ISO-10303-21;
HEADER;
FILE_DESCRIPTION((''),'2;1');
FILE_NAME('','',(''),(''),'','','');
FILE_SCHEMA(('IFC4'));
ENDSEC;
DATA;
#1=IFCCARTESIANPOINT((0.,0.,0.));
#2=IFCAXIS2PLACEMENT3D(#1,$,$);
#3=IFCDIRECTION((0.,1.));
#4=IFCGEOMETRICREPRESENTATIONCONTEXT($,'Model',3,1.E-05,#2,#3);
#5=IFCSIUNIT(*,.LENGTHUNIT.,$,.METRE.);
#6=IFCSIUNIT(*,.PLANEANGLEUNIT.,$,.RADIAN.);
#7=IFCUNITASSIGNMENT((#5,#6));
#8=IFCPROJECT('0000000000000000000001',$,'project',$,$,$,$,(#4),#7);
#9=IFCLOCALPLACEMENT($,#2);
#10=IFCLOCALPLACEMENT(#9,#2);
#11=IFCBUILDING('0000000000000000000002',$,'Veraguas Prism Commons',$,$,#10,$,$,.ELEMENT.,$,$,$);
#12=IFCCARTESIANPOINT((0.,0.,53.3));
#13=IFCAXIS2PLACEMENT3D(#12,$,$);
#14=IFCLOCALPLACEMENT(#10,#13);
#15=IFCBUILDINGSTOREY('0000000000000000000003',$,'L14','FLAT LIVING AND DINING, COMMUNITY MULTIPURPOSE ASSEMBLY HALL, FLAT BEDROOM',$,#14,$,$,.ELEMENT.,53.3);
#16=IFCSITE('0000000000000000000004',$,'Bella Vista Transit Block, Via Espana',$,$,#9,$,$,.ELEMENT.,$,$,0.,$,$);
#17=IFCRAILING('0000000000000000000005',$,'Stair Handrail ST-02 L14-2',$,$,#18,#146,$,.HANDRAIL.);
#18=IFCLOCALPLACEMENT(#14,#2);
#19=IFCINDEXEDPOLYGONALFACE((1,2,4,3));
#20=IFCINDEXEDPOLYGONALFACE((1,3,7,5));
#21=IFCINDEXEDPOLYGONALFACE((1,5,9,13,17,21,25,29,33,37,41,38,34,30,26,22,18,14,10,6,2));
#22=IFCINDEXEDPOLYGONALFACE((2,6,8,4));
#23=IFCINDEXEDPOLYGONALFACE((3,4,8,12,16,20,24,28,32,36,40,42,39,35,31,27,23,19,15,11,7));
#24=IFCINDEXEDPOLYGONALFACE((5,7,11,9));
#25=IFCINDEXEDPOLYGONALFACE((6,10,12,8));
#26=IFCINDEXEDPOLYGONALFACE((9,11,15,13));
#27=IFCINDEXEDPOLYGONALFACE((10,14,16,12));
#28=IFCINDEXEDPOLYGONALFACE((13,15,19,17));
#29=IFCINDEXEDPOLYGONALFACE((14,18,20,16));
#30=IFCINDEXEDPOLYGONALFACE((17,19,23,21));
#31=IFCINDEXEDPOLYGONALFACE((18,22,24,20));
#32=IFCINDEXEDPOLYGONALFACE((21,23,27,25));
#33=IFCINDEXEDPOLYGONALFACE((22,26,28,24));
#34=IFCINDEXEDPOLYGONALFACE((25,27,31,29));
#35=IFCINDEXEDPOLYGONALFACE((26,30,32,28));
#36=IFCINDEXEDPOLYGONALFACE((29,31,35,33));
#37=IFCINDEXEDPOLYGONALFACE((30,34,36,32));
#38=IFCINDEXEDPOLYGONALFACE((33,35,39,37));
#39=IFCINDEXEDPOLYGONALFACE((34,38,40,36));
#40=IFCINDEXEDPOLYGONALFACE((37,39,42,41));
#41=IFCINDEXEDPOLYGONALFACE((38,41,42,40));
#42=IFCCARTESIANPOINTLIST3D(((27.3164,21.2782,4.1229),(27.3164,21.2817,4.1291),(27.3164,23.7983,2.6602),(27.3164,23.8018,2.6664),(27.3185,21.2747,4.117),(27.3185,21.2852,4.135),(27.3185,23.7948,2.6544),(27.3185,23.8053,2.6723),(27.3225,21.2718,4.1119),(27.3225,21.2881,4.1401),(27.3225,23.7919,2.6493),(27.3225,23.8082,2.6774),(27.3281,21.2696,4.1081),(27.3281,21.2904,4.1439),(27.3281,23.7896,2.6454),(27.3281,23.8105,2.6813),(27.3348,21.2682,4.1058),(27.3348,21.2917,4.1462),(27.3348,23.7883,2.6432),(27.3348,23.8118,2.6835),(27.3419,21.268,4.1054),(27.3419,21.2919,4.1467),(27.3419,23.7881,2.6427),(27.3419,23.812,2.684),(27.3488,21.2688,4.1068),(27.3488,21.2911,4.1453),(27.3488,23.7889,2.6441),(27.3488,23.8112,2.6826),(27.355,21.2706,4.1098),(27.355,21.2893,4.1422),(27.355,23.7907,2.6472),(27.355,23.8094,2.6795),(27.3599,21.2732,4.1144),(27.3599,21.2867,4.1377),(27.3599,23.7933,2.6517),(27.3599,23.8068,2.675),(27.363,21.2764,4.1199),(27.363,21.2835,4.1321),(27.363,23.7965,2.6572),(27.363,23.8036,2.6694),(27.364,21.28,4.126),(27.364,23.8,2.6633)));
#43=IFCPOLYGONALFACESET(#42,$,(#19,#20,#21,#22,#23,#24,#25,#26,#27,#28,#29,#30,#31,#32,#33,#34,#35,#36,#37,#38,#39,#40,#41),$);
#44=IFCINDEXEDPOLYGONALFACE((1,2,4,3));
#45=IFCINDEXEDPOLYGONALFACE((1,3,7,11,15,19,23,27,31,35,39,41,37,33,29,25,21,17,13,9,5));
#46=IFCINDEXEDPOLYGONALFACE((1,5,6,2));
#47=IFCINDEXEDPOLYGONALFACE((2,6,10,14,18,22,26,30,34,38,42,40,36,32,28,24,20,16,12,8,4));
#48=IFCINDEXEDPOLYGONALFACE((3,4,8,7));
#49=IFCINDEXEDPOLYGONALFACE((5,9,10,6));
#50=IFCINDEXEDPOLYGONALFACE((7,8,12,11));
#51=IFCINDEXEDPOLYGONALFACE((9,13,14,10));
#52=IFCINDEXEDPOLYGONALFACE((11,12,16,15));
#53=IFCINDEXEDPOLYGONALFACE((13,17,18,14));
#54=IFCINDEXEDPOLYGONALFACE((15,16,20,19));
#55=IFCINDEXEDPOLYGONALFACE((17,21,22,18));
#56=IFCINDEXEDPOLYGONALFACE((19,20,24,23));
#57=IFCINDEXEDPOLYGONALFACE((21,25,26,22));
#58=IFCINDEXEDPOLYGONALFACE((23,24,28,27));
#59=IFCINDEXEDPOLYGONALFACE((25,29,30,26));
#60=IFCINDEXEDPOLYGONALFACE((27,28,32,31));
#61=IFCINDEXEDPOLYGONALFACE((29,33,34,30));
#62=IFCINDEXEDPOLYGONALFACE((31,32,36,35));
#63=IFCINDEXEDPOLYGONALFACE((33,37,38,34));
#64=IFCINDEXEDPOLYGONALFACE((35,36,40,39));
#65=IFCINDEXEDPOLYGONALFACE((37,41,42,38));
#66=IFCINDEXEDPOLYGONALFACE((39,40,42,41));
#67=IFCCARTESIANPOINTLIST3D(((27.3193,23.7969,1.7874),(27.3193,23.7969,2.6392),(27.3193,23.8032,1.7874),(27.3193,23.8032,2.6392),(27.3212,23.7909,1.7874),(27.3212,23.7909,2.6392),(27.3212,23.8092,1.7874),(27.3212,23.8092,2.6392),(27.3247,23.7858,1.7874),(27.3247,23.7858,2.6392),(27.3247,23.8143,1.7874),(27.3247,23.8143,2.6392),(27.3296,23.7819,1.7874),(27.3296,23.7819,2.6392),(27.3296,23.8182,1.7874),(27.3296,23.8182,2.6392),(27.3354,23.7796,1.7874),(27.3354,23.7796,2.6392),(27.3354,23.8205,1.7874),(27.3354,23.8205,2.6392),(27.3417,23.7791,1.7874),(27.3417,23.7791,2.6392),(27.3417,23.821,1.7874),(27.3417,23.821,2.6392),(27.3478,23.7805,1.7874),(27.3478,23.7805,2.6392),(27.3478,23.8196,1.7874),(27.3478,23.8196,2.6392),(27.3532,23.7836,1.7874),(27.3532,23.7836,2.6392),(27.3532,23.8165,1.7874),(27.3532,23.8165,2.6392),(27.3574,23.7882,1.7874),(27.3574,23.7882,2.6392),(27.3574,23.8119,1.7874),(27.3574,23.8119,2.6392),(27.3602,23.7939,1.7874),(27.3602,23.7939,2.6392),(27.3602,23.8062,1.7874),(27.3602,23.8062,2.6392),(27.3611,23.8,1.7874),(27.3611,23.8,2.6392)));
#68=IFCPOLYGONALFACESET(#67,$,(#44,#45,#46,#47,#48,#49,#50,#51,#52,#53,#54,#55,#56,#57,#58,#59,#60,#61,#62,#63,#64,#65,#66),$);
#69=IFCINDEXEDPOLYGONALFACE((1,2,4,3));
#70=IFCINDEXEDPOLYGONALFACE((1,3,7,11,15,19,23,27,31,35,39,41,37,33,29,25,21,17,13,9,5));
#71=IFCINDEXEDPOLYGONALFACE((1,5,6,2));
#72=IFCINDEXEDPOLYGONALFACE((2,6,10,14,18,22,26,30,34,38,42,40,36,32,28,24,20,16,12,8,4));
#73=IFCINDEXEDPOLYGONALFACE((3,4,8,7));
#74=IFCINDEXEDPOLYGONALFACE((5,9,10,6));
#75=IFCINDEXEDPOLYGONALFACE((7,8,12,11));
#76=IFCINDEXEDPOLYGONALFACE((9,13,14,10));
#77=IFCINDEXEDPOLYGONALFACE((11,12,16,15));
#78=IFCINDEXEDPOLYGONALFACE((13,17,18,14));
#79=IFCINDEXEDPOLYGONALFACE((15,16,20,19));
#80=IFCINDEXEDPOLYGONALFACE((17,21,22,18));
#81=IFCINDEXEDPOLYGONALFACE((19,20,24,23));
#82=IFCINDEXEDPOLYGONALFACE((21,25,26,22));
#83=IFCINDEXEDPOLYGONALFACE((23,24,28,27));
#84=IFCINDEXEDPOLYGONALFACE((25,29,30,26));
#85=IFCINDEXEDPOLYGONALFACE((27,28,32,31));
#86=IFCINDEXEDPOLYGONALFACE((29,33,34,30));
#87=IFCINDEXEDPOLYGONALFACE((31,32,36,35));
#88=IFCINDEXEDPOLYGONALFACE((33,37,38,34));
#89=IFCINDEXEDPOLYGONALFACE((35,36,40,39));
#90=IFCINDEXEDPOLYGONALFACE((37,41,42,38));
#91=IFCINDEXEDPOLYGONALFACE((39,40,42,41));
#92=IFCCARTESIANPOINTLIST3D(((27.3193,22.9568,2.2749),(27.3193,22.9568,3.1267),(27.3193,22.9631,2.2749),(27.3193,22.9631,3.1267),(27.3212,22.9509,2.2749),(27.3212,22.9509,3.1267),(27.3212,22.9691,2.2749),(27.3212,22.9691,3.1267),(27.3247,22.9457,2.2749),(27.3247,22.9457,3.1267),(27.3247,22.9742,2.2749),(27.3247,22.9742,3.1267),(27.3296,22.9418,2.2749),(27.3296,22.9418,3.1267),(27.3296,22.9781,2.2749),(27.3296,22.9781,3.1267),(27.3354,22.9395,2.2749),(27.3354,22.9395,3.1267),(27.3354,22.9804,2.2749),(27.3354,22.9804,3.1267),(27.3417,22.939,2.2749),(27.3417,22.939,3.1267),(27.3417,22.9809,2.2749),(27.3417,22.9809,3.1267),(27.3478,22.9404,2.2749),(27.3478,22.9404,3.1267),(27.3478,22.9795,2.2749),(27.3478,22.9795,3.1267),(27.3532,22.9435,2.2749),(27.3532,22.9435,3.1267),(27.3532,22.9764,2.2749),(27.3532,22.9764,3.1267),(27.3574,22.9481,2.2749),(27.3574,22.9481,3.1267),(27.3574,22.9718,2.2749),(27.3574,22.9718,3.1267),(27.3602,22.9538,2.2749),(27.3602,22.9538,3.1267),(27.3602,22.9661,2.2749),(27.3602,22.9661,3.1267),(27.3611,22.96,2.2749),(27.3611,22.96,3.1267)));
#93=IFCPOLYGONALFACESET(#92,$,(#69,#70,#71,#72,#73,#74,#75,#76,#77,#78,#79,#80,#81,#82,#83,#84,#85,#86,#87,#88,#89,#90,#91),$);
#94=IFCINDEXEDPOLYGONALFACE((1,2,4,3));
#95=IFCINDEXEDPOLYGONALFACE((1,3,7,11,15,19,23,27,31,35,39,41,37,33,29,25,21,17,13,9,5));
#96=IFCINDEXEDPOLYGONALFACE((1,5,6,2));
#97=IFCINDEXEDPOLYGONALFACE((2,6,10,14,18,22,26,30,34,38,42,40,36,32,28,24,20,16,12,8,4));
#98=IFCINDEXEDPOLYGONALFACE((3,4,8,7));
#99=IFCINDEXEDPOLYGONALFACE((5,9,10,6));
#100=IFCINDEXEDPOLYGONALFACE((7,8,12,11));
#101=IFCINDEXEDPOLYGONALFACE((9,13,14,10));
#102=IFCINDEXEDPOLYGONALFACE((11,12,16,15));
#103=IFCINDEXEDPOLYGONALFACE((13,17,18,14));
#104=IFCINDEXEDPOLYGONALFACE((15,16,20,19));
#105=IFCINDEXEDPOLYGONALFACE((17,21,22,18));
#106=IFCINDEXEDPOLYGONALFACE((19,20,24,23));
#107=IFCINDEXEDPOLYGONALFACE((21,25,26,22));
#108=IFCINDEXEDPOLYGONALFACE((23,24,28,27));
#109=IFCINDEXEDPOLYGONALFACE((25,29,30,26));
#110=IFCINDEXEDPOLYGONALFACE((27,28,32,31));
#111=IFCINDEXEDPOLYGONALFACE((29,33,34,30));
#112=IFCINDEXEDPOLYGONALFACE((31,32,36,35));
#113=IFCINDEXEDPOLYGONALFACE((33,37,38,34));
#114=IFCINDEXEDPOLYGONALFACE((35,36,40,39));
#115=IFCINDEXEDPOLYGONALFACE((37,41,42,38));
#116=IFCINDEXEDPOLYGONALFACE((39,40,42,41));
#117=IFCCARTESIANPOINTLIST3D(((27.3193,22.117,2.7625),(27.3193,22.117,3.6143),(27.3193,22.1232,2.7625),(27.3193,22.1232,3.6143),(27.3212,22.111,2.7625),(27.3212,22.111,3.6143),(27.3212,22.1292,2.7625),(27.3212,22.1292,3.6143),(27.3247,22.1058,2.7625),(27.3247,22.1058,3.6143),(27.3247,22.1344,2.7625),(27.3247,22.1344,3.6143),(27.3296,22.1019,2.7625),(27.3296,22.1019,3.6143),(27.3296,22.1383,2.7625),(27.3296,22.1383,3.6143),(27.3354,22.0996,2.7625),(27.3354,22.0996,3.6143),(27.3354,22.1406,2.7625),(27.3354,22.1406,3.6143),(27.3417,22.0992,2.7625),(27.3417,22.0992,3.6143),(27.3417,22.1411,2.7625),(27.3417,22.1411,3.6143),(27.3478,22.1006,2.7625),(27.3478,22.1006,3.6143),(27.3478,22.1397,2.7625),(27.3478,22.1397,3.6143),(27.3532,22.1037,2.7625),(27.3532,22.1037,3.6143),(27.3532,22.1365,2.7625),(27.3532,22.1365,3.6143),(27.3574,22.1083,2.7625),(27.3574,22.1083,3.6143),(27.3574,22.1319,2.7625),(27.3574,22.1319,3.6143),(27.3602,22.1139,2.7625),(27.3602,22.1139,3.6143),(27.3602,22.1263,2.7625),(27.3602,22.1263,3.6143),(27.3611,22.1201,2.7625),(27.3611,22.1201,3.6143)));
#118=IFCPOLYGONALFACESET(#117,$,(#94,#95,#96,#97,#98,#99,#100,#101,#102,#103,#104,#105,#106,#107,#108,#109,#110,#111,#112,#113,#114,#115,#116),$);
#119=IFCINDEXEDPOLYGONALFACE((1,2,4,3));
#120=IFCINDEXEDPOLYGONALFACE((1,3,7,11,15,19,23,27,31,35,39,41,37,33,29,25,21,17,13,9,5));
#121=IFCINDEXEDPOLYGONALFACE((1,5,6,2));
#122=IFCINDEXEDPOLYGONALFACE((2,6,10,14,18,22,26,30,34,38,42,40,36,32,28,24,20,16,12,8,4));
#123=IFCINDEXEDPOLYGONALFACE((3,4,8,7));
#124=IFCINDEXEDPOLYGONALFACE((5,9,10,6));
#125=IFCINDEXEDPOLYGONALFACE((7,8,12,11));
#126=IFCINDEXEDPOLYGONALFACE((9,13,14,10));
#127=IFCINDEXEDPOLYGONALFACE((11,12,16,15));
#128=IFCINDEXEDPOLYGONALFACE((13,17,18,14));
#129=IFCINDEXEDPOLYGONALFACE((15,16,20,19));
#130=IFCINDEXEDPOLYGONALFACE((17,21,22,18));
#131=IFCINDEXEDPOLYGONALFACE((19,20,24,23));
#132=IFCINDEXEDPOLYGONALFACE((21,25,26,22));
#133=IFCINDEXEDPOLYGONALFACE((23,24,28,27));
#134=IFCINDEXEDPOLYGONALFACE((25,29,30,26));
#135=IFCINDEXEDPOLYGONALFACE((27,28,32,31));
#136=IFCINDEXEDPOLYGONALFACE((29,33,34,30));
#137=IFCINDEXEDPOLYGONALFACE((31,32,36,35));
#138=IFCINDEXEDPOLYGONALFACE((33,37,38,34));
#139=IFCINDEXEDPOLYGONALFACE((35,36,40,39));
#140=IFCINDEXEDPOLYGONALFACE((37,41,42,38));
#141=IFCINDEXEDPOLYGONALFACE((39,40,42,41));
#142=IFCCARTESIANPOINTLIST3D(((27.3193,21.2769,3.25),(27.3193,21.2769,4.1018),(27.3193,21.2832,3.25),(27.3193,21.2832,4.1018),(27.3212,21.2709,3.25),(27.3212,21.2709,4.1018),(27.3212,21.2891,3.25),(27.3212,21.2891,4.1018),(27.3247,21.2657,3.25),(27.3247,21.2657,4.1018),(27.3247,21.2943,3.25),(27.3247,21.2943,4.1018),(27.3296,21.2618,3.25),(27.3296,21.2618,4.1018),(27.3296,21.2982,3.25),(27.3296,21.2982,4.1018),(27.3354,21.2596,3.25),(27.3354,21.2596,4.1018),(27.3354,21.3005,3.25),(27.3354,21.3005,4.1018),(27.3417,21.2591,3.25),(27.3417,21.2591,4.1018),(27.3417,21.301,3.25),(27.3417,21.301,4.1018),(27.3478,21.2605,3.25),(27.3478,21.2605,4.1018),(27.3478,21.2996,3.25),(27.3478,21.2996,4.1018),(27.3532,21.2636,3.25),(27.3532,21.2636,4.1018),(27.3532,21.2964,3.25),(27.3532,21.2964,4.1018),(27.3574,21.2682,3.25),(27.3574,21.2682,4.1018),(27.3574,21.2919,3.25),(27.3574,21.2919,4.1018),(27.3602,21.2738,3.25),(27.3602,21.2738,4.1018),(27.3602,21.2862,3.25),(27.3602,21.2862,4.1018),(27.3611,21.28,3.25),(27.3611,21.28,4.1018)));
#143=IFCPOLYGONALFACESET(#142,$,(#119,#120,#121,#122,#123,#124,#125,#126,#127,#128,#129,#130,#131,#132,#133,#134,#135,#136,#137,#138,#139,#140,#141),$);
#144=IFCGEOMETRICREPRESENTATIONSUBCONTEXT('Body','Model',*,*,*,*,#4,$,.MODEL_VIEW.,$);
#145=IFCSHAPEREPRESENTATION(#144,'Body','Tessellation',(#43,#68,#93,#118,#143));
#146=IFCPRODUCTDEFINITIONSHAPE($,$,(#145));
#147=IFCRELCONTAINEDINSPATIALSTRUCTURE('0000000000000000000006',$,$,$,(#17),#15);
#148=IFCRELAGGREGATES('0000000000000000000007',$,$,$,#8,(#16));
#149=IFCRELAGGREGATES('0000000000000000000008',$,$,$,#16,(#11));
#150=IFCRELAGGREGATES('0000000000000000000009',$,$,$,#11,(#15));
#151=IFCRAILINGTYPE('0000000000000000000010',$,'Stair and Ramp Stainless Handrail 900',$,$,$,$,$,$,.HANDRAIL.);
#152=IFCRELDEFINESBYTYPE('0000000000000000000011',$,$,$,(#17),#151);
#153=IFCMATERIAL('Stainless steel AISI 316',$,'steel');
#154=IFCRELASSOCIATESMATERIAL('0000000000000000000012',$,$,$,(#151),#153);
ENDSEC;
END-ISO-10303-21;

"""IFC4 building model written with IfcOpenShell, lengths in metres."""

from ifc_helpers import new_model, si_unit, direction, frame, origin, origin_2d, place, context, subcontext, project, spatial, circle, extrude, material, type_object, element, save


model = new_model("IFC4")

# Units and contexts
model_context = context("Model", 3, precision=1e-05, world=origin(), true_north=direction((0.0, 1.0)))
body_context = subcontext(model_context, "Body", "Model", "MODEL_VIEW")
ifc_project = project(units=[si_unit("LENGTHUNIT", "METRE"), si_unit("PLANEANGLEUNIT", "RADIAN")], contexts=[model_context])

# Site, building, storey
site_placement = place(None, origin())
site = spatial("IfcSite", under=ifc_project, at=site_placement, Name="Bella Vista Transit Block, Via Espana", CompositionType="ELEMENT", RefElevation=0.0)
building_placement = place(site_placement, origin())
building = spatial("IfcBuilding", under=site, at=building_placement, Name="Veraguas Prism Commons", CompositionType="ELEMENT")
storey_placement = place(building_placement, frame((0.0, 0.0, 53.3)))
storey = spatial("IfcBuildingStorey", under=building, at=storey_placement, Name="L14", Description="FLAT LIVING AND DINING, COMMUNITY MULTIPURPOSE ASSEMBLY HALL, FLAT BEDROOM", CompositionType="ELEMENT", Elevation=53.3)

# Railing
ifc_material_1 = material(Name="Stainless steel AISI 316", Category="steel")
railing_type_1 = type_object("IfcRailingType", Name="Stair and Ramp Stainless Handrail 900", PredefinedType="HANDRAIL", material=ifc_material_1)
railing_1_placement = place(storey_placement, frame((27.3401, 23.8, 1.7874)))
element("IfcRailing", 1, at=railing_1_placement, inside=storey, type_object=railing_type_1, Name="Stair Handrail ST-02 L14-2", PredefinedType="HANDRAIL", context=body_context, shape_type="SweptSolid", body=[
    extrude(circle(Radius=0.0239, at=origin_2d()), frame((0.0, 0.0, 0.876), z_axis=(0.0, -0.864877, 0.501984), x_axis=(1.0, 0.0, 0.0)), (0.0, 0.0, 1.0), 2.9138),
    extrude(circle(Radius=0.021, at=origin_2d()), origin(), (0.0, 0.0, 1.0), 0.8518),
    extrude(circle(Radius=0.021, at=origin_2d()), frame((0.0, -0.8401, 0.4875)), (0.0, 0.0, 1.0), 0.8518),
    extrude(circle(Radius=0.021, at=origin_2d()), frame((0.0, -1.6799, 0.9751)), (0.0, 0.0, 1.0), 0.8518),
    extrude(circle(Radius=0.021, at=origin_2d()), frame((0.0, -2.52, 1.4626)), (0.0, 0.0, 1.0), 0.8518),
])

save(model, "model.ifc")
